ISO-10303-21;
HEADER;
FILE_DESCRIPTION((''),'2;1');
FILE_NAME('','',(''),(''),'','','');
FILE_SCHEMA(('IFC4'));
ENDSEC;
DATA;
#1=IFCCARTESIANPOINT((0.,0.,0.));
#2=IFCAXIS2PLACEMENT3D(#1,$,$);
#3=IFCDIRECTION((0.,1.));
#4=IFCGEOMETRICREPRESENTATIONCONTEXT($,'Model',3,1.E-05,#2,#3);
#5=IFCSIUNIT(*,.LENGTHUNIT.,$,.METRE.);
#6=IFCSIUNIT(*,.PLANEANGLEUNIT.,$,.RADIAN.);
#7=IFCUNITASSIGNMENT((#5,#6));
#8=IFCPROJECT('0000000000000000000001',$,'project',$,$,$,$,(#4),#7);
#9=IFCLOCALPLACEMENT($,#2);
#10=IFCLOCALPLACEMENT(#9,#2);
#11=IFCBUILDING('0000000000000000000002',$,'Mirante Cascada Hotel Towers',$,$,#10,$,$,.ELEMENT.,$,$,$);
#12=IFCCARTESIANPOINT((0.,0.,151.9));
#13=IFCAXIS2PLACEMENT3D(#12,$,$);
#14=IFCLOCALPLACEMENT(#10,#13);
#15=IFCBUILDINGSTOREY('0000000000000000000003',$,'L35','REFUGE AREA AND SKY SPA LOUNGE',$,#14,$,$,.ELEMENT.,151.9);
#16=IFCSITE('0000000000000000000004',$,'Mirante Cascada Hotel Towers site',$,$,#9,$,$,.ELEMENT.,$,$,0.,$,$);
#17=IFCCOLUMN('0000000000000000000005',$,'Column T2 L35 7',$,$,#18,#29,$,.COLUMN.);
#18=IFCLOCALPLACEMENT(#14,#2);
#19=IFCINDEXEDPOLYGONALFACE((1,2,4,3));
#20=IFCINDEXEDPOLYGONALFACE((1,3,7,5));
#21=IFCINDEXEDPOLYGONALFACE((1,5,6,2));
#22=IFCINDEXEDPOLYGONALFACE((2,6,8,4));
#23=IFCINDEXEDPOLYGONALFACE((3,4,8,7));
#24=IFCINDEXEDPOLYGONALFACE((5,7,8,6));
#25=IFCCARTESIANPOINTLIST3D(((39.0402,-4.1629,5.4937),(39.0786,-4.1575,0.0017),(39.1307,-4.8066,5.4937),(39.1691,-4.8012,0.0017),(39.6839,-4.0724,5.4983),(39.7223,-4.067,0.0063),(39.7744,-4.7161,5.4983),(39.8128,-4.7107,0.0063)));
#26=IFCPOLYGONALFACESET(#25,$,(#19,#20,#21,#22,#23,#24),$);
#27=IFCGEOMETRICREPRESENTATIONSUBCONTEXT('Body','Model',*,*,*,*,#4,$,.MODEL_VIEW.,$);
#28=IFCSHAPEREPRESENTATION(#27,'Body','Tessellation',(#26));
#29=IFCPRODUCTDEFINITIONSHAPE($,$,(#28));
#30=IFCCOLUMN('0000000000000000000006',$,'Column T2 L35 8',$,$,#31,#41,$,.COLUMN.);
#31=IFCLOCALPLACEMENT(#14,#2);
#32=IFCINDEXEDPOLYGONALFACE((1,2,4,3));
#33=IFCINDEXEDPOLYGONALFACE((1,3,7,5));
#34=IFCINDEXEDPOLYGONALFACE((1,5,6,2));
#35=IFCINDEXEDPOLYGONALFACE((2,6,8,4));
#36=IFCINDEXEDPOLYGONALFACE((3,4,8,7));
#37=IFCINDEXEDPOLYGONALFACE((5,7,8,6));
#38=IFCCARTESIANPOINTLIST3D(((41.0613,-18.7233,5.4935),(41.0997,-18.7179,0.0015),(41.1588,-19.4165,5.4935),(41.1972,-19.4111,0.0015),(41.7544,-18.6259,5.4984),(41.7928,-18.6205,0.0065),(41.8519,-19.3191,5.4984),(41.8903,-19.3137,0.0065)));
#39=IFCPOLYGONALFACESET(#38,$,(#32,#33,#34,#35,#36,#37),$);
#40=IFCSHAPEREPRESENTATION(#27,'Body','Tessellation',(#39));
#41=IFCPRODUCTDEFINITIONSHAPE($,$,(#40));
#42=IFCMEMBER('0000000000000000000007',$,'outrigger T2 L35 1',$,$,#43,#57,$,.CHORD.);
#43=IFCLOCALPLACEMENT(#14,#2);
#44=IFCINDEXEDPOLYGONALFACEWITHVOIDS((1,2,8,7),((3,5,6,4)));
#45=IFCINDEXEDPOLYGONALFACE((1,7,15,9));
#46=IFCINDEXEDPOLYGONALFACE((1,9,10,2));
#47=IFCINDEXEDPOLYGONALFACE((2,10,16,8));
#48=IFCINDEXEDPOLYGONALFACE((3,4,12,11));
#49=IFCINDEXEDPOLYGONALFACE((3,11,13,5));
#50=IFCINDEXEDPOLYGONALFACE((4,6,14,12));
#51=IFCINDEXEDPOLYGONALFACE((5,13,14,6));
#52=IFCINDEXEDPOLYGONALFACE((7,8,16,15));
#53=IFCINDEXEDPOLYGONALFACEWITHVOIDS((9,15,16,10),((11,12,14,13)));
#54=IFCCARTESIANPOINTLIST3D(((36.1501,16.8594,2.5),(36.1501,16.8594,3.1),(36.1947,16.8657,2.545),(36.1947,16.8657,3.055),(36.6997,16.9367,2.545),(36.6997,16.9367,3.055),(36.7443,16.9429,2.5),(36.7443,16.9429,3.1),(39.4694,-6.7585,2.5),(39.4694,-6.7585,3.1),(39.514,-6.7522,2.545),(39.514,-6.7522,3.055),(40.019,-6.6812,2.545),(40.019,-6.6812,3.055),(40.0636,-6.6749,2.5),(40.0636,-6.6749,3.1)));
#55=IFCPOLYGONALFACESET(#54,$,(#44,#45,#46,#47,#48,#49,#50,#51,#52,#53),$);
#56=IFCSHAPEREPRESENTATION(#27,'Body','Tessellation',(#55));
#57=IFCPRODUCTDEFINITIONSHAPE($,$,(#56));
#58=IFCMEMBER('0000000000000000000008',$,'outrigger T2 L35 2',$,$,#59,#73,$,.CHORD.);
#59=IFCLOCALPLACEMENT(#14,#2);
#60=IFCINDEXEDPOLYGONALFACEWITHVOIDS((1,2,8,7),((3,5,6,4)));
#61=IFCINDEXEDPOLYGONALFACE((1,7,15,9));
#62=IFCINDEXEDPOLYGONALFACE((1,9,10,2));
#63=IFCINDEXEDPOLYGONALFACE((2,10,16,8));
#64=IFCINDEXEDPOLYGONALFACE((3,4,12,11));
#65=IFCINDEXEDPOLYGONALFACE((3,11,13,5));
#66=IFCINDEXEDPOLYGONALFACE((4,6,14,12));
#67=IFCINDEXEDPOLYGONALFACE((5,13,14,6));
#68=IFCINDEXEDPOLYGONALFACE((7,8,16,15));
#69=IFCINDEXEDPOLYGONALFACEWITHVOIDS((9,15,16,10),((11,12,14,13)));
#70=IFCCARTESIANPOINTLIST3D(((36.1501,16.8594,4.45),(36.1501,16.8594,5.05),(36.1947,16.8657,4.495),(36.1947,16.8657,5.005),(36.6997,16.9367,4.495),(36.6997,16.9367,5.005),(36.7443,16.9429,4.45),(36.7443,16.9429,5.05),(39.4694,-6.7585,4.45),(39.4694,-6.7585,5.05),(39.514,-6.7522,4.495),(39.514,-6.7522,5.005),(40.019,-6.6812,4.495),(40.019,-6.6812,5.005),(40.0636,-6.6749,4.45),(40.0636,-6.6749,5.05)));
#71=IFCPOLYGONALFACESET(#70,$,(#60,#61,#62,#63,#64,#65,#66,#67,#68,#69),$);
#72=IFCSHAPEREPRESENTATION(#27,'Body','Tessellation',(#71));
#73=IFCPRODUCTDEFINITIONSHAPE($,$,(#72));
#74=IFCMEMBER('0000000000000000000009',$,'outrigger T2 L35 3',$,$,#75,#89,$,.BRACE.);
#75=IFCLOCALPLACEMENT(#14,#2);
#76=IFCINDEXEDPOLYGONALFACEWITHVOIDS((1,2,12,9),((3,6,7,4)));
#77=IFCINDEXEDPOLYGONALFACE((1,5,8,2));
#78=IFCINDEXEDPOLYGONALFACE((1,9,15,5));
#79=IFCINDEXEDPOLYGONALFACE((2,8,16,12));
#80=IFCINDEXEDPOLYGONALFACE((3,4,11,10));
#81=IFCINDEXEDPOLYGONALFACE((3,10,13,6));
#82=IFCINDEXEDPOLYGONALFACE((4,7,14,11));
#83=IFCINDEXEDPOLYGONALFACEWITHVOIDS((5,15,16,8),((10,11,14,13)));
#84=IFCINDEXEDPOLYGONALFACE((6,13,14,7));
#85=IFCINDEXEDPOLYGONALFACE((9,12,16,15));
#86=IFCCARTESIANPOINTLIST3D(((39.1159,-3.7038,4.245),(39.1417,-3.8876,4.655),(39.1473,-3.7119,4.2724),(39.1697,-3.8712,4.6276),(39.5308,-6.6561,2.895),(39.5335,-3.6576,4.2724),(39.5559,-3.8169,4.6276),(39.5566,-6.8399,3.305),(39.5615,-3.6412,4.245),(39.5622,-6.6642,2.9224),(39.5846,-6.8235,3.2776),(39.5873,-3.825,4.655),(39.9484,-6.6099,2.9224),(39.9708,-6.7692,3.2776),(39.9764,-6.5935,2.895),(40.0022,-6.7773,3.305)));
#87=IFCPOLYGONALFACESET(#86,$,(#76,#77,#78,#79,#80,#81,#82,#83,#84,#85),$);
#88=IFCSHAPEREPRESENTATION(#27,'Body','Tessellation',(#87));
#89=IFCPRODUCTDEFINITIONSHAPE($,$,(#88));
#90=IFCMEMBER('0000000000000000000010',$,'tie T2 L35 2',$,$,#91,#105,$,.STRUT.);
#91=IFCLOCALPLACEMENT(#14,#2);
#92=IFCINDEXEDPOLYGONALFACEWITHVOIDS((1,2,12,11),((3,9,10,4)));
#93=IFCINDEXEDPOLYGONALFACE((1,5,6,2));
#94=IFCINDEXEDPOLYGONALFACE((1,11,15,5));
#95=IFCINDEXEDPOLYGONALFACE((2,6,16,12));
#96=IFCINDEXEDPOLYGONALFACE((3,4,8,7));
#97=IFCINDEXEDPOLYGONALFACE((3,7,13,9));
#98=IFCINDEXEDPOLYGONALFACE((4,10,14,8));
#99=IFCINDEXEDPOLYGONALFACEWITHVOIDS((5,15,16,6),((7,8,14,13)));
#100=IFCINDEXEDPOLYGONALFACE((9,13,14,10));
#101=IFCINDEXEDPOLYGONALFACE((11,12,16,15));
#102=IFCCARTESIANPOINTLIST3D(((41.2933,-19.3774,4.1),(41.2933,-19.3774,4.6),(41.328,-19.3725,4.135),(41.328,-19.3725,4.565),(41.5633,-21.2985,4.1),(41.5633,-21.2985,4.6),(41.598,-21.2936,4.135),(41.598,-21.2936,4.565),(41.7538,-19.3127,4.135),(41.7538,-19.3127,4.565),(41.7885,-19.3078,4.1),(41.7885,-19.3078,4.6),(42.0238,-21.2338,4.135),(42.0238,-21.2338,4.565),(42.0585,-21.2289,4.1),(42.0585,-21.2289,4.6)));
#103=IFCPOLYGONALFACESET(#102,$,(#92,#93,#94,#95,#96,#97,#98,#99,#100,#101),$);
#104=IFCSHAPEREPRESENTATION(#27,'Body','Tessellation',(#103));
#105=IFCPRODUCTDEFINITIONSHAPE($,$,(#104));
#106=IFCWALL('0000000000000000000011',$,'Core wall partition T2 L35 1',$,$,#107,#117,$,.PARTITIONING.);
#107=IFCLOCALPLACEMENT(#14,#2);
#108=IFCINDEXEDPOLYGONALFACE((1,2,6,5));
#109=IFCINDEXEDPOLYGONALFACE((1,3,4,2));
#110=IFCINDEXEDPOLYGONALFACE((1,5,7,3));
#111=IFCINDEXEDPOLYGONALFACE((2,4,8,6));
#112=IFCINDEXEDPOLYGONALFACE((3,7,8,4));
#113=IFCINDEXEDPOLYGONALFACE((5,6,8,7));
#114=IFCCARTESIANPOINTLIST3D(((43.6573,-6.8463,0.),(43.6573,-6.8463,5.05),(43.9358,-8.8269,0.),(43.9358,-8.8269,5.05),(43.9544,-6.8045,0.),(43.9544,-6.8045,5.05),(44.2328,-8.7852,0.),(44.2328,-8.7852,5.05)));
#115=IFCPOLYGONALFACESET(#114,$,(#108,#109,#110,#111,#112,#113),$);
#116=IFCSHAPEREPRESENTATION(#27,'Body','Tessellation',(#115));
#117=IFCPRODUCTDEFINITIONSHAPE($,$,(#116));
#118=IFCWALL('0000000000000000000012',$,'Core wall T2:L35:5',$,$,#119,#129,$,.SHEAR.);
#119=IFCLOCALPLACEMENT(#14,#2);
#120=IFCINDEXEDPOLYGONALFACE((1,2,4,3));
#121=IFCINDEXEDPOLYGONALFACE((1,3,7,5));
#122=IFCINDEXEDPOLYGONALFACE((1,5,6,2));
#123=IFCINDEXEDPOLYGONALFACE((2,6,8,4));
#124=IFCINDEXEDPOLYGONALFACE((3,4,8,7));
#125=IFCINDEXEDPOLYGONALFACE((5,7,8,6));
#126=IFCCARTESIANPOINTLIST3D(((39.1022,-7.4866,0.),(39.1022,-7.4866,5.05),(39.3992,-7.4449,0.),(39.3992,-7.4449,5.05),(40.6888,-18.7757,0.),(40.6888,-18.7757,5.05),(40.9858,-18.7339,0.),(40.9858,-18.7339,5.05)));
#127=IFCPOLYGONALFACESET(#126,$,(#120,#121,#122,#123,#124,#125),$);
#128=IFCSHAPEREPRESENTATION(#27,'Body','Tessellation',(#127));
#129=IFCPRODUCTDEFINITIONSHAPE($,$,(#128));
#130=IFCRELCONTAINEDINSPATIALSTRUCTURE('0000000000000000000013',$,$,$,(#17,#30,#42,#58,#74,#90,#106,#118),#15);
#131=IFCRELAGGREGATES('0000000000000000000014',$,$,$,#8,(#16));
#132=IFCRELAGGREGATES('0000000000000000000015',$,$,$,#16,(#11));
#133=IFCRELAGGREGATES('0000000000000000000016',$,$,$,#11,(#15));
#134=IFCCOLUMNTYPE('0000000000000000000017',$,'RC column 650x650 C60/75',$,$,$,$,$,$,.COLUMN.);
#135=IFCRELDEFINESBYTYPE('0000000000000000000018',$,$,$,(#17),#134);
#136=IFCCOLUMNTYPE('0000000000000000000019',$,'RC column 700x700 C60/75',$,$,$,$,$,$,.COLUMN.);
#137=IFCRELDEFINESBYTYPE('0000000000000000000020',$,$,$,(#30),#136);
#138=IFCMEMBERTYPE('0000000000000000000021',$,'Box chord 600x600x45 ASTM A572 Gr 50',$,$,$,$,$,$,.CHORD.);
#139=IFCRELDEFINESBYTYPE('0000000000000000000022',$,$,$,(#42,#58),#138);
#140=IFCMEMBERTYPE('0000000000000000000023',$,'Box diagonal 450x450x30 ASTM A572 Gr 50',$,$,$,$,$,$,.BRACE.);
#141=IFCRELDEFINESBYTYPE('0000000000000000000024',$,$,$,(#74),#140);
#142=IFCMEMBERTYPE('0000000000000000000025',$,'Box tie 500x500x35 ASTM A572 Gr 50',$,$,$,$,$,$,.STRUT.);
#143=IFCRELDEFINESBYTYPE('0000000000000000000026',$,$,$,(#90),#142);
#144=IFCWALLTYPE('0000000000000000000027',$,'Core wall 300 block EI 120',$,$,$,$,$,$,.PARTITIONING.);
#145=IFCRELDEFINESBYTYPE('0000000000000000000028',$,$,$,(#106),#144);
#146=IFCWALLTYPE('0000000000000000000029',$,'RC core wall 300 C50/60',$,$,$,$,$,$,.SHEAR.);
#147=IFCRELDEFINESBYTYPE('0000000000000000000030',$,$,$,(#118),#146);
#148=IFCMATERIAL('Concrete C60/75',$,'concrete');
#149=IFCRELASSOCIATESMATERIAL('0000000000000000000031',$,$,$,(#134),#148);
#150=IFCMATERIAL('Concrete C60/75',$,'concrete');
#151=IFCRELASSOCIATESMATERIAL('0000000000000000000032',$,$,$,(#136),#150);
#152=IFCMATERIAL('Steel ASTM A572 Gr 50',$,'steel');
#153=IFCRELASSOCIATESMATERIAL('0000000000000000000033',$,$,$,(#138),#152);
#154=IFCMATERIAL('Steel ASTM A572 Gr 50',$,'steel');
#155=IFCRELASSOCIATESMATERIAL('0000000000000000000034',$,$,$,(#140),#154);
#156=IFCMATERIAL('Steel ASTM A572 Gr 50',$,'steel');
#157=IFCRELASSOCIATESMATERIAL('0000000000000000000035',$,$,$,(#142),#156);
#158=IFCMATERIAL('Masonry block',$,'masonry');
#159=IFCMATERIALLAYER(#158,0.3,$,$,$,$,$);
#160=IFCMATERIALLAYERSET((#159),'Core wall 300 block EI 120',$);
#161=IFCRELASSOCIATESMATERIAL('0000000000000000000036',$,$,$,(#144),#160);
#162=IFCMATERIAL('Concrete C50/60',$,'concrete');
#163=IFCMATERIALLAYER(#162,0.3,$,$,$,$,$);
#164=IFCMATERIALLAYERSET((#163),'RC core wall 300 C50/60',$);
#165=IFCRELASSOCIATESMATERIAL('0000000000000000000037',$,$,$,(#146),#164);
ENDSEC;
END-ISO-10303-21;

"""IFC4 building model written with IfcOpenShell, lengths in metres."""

from ifc_helpers import new_model, si_unit, direction, frame, frame_2d, origin, origin_2d, place, context, subcontext, project, spatial, rectangle, hollow_rectangle, extrude, material, layer, layer_set, material_profile, profile_set, type_object, element, save


model = new_model("IFC4")

# Units and contexts
model_context = context("Model", 3, precision=1e-05, world=origin(), true_north=direction((0.0, 1.0)))
body_context = subcontext(model_context, "Body", "Model", "MODEL_VIEW")
ifc_project = project(units=[si_unit("LENGTHUNIT", "METRE"), si_unit("PLANEANGLEUNIT", "RADIAN")], contexts=[model_context])

# Site, building, storey
site_placement = place(None, origin())
site = spatial("IfcSite", under=ifc_project, at=site_placement, Name="Mirante Cascada Hotel Towers site", CompositionType="ELEMENT", RefElevation=0.0)
building_placement = place(site_placement, origin())
building = spatial("IfcBuilding", under=site, at=building_placement, Name="Mirante Cascada Hotel Towers", CompositionType="ELEMENT")
storey_placement = place(building_placement, frame((0.0, 0.0, 151.9)))
storey = spatial("IfcBuildingStorey", under=building, at=storey_placement, Name="L35", Description="REFUGE AREA AND SKY SPA LOUNGE", CompositionType="ELEMENT", Elevation=151.9)

# Columns
ifc_material_1 = material(Name="Concrete C60/75", Category="concrete")
ifc_material_profile_1 = material_profile(ifc_material_1, rectangle(XDim=0.65, YDim=0.65, at=origin_2d()), Name="RC column 650x650 C60/75")
ifc_profile_set_1 = profile_set([ifc_material_profile_1], Name="Concrete C60/75")
column_type_1 = type_object("IfcColumnType", Name="RC column 650x650 C60/75", PredefinedType="COLUMN", material=ifc_profile_set_1)
column_1_placement = place(storey_placement, frame((39.4457, -4.4341, 0.004), z_axis=(-0.006992, -0.000983, 0.999975), x_axis=(0.139255, -0.990257, 0.0)))
element("IfcColumn", 1, at=column_1_placement, inside=storey, type_object=column_type_1, Name="Column T2 L35 7", PredefinedType="COLUMN", context=body_context, shape_type="SweptSolid", body=[
    extrude(rectangle(XDim=0.65, YDim=0.65, at=origin_2d()), origin(), (0.0, 0.0, 1.0), 5.4921),
])
ifc_material_2 = material(Name="Concrete C60/75", Category="concrete")
ifc_material_profile_2 = material_profile(ifc_material_2, rectangle(XDim=0.7, YDim=0.7, at=origin_2d()), Name="RC column 700x700 C60/75")
ifc_profile_set_2 = profile_set([ifc_material_profile_2], Name="Concrete C60/75")
column_type_2 = type_object("IfcColumnType", Name="RC column 700x700 C60/75", PredefinedType="COLUMN", material=ifc_profile_set_2)
column_2_placement = place(storey_placement, frame((41.495, -19.0158, 0.004), z_axis=(-0.006992, -0.000983, 0.999975), x_axis=(0.139255, -0.990257, 0.0)))
element("IfcColumn", 2, at=column_2_placement, inside=storey, type_object=column_type_2, Name="Column T2 L35 8", PredefinedType="COLUMN", context=body_context, shape_type="SweptSolid", body=[
    extrude(rectangle(XDim=0.7, YDim=0.7, at=origin_2d()), origin(), (0.0, 0.0, 1.0), 5.4921),
])

# Members
ifc_material_3 = material(Name="Steel ASTM A572 Gr 50", Category="steel")
ifc_material_profile_3 = material_profile(ifc_material_3, hollow_rectangle(XDim=0.6, YDim=0.6, WallThickness=0.045, at=origin_2d()), Name="Box chord 600x600x45 ASTM A572 Gr 50")
ifc_profile_set_3 = profile_set([ifc_material_profile_3], Name="Steel ASTM A572 Gr 50")
member_type_1 = type_object("IfcMemberType", Name="Box chord 600x600x45 ASTM A572 Gr 50", PredefinedType="CHORD", material=ifc_profile_set_3)
for number, where, z_axis, x_axis, name in (
    (3, (39.7665, -6.7167, 2.8), (-0.139174, 0.990268, 0.0), (-0.990268, -0.139174, 0.0), "outrigger T2 L35 1"),
    (4, (39.7665, -6.7167, 4.75), (-0.139174, 0.990268, 0.0), (-0.990268, -0.139174, 0.0), "outrigger T2 L35 2"),
):
    element("IfcMember", number, at=place(storey_placement, frame(where, z_axis=z_axis, x_axis=x_axis)), inside=storey, type_object=member_type_1, Name=name, PredefinedType="CHORD", context=body_context, shape_type="SweptSolid", body=[
        extrude(hollow_rectangle(XDim=0.6, YDim=0.6, WallThickness=0.045, at=origin_2d()), origin(), (0.0, 0.0, 1.0), 23.85),
    ])
ifc_material_4 = material(Name="Steel ASTM A572 Gr 50", Category="steel")
ifc_material_profile_4 = material_profile(ifc_material_4, hollow_rectangle(XDim=0.45, YDim=0.45, WallThickness=0.03, at=origin_2d()), Name="Box diagonal 450x450x30 ASTM A572 Gr 50")
ifc_profile_set_4 = profile_set([ifc_material_profile_4], Name="Steel ASTM A572 Gr 50")
member_type_2 = type_object("IfcMemberType", Name="Box diagonal 450x450x30 ASTM A572 Gr 50", PredefinedType="BRACE", material=ifc_profile_set_4)
member_1_placement = place(storey_placement, frame((39.7665, -6.7167, 3.1), z_axis=(-0.126775, 0.902093, 0.4125), x_axis=(-0.990269, -0.139167, 0.0)))
element("IfcMember", 5, at=member_1_placement, inside=storey, type_object=member_type_2, Name="outrigger T2 L35 3", PredefinedType="BRACE", context=body_context, shape_type="SweptSolid", body=[
    extrude(hollow_rectangle(XDim=0.45, YDim=0.45, WallThickness=0.03, at=origin_2d()), origin(), (0.0, 0.0, 1.0), 3.2727),
])
ifc_material_5 = material(Name="Steel ASTM A572 Gr 50", Category="steel")
ifc_material_profile_5 = material_profile(ifc_material_5, hollow_rectangle(XDim=0.5, YDim=0.5, WallThickness=0.035, at=origin_2d()), Name="Box tie 500x500x35 ASTM A572 Gr 50")
ifc_profile_set_5 = profile_set([ifc_material_profile_5], Name="Steel ASTM A572 Gr 50")
member_type_3 = type_object("IfcMemberType", Name="Box tie 500x500x35 ASTM A572 Gr 50", PredefinedType="STRUT", material=ifc_profile_set_5)
member_2_placement = place(storey_placement, frame((41.5409, -19.3426, 4.35), z_axis=(0.139177, -0.990268, 0.0), x_axis=(0.990268, 0.139177, 0.0)))
element("IfcMember", 6, at=member_2_placement, inside=storey, type_object=member_type_3, Name="tie T2 L35 2", PredefinedType="STRUT", context=body_context, shape_type="SweptSolid", body=[
    extrude(hollow_rectangle(XDim=0.5, YDim=0.5, WallThickness=0.035, at=origin_2d()), origin(), (0.0, 0.0, 1.0), 1.94),
])

# Walls
ifc_material_6 = material(Name="Masonry block", Category="masonry")
ifc_layer_1 = layer(ifc_material_6, 0.3)
ifc_layer_set_1 = layer_set([ifc_layer_1], Name="Core wall 300 block EI 120")
wall_type_1 = type_object("IfcWallType", Name="Core wall 300 block EI 120", PredefinedType="PARTITIONING", material=ifc_layer_set_1)
wall_1_placement = place(storey_placement, frame((44.0843, -8.8061, 0.0), z_axis=(0.0, 0.0, 1.0), x_axis=(-0.139195, 0.990265, 0.0)))
element("IfcWall", 7, at=wall_1_placement, inside=storey, type_object=wall_type_1, Name="Core wall partition T2 L35 1", PredefinedType="PARTITIONING", context=body_context, shape_type="SweptSolid", body=[
    extrude(rectangle(XDim=2.0001, YDim=0.3, at=frame_2d((1.0001, 0.0))), origin(), (0.0, 0.0, 1.0), 5.05),
])
ifc_material_7 = material(Name="Concrete C50/60", Category="concrete")
ifc_layer_2 = layer(ifc_material_7, 0.3)
ifc_layer_set_2 = layer_set([ifc_layer_2], Name="RC core wall 300 C50/60")
wall_type_2 = type_object("IfcWallType", Name="RC core wall 300 C50/60", PredefinedType="SHEAR", material=ifc_layer_set_2)
wall_2_placement = place(storey_placement, frame((40.8373, -18.7548, 0.0), z_axis=(0.0, 0.0, 1.0), x_axis=(-0.139175, 0.990268, 0.0)))
element("IfcWall", 8, at=wall_2_placement, inside=storey, type_object=wall_type_2, Name="Core wall T2:L35:5", PredefinedType="SHEAR", context=body_context, shape_type="SweptSolid", body=[
    extrude(rectangle(XDim=11.4, YDim=0.3, at=frame_2d((5.7, 0.0))), origin(), (0.0, 0.0, 1.0), 5.05),
])

save(model, "model.ifc")
